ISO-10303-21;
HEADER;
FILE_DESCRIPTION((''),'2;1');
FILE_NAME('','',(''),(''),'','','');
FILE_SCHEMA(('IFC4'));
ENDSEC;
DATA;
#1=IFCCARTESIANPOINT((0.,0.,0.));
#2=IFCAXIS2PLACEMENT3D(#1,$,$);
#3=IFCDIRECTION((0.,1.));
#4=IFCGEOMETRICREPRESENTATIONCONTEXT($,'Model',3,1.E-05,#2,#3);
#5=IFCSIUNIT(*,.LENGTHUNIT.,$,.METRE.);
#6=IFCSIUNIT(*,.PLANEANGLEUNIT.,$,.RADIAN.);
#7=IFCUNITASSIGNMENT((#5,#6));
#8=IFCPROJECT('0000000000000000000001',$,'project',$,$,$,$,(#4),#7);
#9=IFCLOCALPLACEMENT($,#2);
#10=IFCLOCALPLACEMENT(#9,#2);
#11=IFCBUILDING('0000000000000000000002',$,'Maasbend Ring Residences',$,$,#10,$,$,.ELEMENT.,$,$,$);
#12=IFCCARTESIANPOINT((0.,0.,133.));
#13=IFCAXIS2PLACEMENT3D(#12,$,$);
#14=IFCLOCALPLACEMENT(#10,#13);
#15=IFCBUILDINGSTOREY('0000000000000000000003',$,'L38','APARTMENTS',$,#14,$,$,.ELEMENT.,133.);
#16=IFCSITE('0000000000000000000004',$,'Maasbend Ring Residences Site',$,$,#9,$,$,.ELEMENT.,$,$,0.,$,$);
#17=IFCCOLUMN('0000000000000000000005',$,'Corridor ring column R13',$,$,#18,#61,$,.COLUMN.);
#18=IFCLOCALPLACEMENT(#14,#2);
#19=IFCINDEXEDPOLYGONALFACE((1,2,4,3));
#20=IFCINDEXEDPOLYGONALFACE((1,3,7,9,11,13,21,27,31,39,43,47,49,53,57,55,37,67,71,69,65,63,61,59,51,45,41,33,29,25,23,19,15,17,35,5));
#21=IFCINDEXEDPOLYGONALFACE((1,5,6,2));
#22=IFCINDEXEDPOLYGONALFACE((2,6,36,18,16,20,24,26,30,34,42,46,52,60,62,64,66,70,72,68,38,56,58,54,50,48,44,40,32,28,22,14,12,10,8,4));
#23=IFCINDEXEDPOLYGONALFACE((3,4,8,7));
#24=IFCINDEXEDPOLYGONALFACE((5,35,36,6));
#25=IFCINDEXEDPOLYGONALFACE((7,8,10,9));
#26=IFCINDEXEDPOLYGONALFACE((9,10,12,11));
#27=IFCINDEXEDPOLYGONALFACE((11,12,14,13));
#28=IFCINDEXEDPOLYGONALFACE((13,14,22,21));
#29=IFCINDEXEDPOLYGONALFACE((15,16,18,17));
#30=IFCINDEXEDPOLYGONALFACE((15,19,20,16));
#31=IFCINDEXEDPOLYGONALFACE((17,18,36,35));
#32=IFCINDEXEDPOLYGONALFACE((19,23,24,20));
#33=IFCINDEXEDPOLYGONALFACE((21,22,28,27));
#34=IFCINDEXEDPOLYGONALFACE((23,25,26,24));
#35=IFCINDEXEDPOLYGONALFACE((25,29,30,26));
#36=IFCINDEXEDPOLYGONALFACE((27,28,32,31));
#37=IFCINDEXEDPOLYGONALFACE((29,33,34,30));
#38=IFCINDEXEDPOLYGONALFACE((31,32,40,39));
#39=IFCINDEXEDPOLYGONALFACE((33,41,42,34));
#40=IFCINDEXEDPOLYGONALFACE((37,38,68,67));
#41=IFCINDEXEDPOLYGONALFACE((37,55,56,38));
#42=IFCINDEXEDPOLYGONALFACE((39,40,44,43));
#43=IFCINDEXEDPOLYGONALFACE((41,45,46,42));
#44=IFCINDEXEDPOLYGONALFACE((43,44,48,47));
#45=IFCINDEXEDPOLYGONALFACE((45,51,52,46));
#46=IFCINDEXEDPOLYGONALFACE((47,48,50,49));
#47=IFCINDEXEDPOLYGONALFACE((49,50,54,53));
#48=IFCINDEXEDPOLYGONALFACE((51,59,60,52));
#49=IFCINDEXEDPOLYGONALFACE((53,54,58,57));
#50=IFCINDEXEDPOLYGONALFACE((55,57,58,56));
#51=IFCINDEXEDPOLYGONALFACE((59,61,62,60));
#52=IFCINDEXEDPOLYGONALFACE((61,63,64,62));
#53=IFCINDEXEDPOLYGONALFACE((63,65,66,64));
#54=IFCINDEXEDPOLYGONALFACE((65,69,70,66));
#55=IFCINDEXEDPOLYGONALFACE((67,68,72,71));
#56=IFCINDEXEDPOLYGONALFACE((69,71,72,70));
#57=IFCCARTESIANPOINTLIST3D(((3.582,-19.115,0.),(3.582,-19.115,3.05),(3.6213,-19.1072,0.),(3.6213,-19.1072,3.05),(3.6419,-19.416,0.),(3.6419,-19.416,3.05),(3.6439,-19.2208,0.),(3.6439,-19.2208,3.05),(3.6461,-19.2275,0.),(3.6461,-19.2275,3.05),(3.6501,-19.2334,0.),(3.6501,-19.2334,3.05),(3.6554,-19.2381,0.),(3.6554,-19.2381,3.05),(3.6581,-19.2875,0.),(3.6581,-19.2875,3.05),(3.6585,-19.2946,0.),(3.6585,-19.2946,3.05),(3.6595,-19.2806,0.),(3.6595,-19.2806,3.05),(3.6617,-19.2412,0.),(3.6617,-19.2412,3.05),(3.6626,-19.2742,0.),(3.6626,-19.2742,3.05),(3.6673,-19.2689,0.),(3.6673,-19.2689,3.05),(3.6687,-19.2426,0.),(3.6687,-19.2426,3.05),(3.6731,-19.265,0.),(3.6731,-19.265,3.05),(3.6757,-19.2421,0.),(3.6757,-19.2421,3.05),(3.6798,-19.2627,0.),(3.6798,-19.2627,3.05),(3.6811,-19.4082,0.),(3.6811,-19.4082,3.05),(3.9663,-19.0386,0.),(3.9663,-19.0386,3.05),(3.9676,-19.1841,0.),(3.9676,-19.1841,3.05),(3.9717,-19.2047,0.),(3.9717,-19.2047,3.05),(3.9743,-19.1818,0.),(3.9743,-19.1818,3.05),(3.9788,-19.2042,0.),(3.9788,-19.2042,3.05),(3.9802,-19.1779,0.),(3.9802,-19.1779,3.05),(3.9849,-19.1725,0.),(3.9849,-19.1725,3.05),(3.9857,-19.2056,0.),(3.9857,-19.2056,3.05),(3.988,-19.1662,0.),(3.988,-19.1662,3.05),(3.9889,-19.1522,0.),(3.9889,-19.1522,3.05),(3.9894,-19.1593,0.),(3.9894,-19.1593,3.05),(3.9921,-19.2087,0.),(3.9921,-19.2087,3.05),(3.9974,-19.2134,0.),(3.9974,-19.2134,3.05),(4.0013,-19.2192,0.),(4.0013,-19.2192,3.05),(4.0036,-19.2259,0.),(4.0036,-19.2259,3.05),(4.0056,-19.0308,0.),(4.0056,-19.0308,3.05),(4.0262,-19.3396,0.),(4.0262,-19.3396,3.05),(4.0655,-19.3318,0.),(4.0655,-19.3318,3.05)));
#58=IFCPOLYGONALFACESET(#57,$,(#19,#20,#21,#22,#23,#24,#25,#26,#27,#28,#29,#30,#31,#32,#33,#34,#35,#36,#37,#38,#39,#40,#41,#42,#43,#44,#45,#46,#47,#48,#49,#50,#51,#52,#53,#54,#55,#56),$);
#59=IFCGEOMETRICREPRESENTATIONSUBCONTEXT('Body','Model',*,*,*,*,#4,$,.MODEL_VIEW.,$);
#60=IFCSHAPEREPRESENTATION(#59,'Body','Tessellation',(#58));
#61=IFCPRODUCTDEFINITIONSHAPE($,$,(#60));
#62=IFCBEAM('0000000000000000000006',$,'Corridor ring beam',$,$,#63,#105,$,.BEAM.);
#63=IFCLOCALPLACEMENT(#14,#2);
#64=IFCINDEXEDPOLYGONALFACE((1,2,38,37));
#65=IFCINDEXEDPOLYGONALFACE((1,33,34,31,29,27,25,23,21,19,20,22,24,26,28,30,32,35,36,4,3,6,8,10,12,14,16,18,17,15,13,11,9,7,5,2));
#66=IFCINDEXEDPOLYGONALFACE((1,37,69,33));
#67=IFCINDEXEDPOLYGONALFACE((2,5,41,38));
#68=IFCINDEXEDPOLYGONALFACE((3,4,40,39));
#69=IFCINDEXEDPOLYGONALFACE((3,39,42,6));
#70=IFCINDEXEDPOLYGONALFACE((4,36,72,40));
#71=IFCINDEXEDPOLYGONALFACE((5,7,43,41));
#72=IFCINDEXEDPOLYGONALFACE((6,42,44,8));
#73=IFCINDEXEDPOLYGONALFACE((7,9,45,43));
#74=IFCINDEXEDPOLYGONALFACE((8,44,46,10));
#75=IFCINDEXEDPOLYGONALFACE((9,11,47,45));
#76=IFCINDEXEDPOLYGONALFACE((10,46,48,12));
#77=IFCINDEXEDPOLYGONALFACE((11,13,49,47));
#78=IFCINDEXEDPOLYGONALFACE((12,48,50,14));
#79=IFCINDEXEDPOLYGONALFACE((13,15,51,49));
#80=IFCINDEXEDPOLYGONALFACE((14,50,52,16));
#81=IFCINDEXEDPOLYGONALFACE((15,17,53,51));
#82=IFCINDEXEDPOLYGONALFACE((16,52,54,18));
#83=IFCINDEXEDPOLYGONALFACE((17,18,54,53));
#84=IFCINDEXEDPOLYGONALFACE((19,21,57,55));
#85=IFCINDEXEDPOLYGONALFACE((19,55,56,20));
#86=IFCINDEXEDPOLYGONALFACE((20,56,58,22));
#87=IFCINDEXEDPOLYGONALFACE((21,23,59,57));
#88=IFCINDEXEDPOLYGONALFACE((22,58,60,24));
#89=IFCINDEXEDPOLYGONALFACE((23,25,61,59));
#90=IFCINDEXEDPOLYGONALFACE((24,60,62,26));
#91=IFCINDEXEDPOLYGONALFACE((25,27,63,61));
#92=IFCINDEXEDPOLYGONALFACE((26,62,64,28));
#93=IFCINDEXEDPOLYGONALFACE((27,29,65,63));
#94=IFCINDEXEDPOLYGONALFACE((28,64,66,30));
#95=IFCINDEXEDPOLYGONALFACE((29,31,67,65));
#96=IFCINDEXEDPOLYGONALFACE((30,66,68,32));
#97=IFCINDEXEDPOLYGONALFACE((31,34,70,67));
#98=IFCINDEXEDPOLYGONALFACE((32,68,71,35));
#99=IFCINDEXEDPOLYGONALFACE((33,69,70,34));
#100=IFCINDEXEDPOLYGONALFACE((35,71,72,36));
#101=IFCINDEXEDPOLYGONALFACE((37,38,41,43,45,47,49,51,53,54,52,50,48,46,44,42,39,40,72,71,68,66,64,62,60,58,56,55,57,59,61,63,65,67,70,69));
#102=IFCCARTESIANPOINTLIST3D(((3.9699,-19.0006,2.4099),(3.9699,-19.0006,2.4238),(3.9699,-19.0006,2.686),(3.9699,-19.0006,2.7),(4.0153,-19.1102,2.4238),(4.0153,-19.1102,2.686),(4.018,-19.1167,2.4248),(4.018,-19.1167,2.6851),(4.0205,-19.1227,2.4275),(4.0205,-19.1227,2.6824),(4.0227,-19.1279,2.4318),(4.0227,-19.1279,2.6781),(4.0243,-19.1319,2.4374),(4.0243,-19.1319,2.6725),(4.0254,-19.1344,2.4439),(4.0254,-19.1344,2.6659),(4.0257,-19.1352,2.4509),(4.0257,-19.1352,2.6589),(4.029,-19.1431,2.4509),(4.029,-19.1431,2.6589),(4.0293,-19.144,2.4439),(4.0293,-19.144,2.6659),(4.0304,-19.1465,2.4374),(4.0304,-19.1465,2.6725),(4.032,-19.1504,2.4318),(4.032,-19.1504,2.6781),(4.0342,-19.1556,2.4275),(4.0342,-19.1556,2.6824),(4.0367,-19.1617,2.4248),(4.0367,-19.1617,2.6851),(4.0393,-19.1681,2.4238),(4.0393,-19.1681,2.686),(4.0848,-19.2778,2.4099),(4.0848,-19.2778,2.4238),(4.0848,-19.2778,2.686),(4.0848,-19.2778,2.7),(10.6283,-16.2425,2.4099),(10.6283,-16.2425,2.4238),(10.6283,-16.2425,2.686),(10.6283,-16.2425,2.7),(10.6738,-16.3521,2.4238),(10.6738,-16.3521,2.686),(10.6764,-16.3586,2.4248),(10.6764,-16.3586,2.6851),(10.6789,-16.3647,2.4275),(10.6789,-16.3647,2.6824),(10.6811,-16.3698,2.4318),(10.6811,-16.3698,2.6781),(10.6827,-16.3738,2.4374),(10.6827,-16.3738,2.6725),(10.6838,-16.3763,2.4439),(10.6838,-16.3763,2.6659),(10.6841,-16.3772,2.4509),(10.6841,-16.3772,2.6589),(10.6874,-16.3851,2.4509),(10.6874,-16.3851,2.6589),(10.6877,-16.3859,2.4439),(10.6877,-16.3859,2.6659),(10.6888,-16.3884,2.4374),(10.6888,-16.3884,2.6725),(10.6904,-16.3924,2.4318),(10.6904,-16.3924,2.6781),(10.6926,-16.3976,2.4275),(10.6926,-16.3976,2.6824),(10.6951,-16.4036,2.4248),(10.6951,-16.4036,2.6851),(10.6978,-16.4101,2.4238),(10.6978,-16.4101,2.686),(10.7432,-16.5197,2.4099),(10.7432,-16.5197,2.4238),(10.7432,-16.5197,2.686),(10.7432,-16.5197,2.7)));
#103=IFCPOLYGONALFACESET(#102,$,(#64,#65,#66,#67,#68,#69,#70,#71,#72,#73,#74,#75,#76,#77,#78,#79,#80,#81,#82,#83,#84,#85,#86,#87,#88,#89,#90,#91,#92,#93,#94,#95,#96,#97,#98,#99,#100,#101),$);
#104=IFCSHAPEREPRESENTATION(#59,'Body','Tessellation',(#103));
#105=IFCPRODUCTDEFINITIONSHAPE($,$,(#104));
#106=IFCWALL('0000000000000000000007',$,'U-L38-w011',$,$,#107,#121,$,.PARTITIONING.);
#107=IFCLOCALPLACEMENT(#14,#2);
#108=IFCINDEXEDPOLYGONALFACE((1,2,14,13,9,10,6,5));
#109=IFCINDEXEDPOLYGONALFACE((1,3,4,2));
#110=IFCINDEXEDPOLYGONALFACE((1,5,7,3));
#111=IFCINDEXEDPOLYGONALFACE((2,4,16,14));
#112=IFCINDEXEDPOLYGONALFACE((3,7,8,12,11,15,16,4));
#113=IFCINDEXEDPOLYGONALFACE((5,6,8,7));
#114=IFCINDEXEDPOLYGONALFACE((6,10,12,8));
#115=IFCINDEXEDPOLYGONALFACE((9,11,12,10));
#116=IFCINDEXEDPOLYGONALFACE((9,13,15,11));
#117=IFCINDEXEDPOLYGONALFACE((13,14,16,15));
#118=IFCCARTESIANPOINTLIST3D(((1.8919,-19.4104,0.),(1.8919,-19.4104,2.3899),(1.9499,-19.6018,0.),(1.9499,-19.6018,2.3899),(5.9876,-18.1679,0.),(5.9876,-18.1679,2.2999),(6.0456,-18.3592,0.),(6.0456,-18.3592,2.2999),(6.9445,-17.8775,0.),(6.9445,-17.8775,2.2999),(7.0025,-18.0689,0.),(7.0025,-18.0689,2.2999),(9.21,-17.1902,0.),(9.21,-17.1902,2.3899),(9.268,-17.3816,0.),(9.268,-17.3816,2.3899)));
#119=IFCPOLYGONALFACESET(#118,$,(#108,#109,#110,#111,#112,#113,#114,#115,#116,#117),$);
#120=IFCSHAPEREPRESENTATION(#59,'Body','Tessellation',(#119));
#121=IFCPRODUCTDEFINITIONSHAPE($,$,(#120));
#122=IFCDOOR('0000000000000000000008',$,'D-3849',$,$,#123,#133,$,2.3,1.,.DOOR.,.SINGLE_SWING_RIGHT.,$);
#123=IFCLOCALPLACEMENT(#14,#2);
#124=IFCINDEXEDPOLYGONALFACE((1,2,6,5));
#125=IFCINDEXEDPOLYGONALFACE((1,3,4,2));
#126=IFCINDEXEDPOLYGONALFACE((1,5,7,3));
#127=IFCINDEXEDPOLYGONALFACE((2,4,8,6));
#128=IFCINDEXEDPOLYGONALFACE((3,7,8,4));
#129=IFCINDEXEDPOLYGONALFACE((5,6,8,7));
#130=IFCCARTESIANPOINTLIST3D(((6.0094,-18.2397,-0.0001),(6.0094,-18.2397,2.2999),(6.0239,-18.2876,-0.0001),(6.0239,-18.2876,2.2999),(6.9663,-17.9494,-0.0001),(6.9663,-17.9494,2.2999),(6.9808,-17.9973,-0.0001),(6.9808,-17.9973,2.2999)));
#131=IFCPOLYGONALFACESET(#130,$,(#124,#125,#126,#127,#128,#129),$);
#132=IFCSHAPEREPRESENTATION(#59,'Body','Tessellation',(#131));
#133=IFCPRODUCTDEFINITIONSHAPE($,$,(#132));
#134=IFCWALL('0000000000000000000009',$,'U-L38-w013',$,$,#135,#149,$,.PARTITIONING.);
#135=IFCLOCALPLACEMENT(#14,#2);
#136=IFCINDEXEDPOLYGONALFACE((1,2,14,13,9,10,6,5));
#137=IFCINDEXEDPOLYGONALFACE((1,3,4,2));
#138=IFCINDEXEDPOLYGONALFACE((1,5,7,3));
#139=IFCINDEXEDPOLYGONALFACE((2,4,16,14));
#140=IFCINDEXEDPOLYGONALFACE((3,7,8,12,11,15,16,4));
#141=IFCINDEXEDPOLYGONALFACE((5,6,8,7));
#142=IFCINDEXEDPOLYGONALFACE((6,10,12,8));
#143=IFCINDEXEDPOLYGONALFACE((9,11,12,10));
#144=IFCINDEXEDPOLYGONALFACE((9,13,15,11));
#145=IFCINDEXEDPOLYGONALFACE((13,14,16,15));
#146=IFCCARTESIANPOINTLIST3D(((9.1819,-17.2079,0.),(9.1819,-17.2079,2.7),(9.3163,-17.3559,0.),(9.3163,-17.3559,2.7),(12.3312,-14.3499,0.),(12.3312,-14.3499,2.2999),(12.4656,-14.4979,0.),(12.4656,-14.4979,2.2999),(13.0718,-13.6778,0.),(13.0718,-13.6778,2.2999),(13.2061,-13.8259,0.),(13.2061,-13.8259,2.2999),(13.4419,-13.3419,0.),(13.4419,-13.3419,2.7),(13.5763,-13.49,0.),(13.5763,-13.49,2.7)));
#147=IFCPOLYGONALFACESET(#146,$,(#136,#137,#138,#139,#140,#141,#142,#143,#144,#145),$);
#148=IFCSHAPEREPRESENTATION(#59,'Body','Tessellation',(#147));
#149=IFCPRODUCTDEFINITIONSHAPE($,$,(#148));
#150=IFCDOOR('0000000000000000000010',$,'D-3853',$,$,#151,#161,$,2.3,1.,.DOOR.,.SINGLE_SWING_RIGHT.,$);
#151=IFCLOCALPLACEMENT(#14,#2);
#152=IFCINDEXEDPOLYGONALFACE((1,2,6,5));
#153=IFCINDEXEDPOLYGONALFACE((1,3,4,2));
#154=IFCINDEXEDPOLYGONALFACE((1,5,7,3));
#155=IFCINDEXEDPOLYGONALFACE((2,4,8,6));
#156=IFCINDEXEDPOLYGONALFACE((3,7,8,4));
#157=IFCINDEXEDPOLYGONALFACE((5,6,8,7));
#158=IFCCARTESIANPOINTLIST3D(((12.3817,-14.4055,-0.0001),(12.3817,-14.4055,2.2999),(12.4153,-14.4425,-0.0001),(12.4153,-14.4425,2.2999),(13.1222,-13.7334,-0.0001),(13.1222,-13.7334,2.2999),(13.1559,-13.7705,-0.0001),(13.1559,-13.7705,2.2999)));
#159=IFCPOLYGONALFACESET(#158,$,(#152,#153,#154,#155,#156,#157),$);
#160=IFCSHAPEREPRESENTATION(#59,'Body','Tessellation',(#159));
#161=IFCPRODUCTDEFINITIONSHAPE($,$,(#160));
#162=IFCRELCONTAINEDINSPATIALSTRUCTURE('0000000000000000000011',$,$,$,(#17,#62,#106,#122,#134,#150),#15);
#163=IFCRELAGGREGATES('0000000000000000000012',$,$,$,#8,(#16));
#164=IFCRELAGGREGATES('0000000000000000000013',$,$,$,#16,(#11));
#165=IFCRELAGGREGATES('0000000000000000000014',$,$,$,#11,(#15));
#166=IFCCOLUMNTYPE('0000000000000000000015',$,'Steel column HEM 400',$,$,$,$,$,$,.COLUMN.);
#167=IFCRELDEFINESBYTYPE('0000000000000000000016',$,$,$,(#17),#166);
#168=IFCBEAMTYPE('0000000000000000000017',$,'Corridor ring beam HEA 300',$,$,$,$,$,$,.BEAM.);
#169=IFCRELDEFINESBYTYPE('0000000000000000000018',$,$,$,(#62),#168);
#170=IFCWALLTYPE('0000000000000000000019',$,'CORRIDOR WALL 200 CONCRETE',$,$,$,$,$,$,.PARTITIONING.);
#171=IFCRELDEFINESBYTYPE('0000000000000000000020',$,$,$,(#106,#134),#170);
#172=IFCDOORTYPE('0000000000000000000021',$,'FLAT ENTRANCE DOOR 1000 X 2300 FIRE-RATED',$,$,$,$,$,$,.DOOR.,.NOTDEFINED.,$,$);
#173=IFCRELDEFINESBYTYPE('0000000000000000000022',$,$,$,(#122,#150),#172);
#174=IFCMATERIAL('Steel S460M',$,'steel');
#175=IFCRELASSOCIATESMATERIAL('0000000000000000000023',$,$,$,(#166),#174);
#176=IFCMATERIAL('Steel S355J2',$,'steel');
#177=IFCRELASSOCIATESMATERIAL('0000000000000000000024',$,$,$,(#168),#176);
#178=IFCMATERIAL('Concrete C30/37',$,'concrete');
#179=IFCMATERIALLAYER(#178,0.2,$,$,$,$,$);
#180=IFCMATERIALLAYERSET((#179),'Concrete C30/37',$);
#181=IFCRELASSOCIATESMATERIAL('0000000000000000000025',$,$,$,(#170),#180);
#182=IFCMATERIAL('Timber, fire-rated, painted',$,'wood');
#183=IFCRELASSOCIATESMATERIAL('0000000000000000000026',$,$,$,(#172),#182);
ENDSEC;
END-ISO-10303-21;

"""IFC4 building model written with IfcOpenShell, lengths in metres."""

from ifc_helpers import new_model, si_unit, direction, frame, frame_2d, origin, origin_2d, place, context, subcontext, project, spatial, rectangle, i_section, extrude, material, layer, layer_set, material_profile, profile_set, type_object, element, fill, save


model = new_model("IFC4")

# Units and contexts
model_context = context("Model", 3, precision=1e-05, world=origin(), true_north=direction((0.0, 1.0)))
body_context = subcontext(model_context, "Body", "Model", "MODEL_VIEW")
ifc_project = project(units=[si_unit("LENGTHUNIT", "METRE"), si_unit("PLANEANGLEUNIT", "RADIAN")], contexts=[model_context])

# Site, building, storey
site_placement = place(None, origin())
site = spatial("IfcSite", under=ifc_project, at=site_placement, Name="Maasbend Ring Residences Site", CompositionType="ELEMENT", RefElevation=0.0)
building_placement = place(site_placement, origin())
building = spatial("IfcBuilding", under=site, at=building_placement, Name="Maasbend Ring Residences", CompositionType="ELEMENT")
storey_placement = place(building_placement, frame((0.0, 0.0, 133.0)))
storey = spatial("IfcBuildingStorey", under=building, at=storey_placement, Name="L38", Description="APARTMENTS", CompositionType="ELEMENT", Elevation=133.0)

# Column
ifc_material_1 = material(Name="Steel S460M", Category="steel")
ifc_material_profile_1 = material_profile(ifc_material_1, i_section(OverallWidth=0.3069, OverallDepth=0.4319, WebThickness=0.021, FlangeThickness=0.04, FilletRadius=0.0271, at=origin_2d()), Name="HEM 400")
ifc_profile_set_1 = profile_set([ifc_material_profile_1], Name="Steel S460M")
column_type = type_object("IfcColumnType", Name="Steel column HEM 400", PredefinedType="COLUMN", material=ifc_profile_set_1)
column_placement = place(storey_placement, frame((3.8237, -19.2234, 0.0), z_axis=(0.0, 0.0, 1.0), x_axis=(0.19509, -0.980785, 0.0)))
element("IfcColumn", 1, at=column_placement, inside=storey, type_object=column_type, Name="Corridor ring column R13", PredefinedType="COLUMN", context=body_context, shape_type="SweptSolid", body=[
    extrude(i_section(OverallWidth=0.3069, OverallDepth=0.4319, WebThickness=0.021, FlangeThickness=0.04, FilletRadius=0.0271, at=origin_2d()), origin(), (0.0, 0.0, 1.0), 3.05),
])

# Beam
ifc_material_2 = material(Name="Steel S355J2", Category="steel")
ifc_material_profile_2 = material_profile(ifc_material_2, i_section(OverallWidth=0.3, OverallDepth=0.29, WebThickness=0.0085, FlangeThickness=0.0139, FilletRadius=0.0271, at=origin_2d()), Name="HEA 300")
ifc_profile_set_2 = profile_set([ifc_material_profile_2], Name="Steel S355J2")
beam_type = type_object("IfcBeamType", Name="Corridor ring beam HEA 300", PredefinedType="BEAM", material=ifc_profile_set_2)
beam_placement = place(storey_placement, frame((4.0273, -19.1392, 2.5549), z_axis=(0.923878, 0.382688, 0.0), x_axis=(-0.382688, 0.923878, 0.0)))
element("IfcBeam", 2, at=beam_placement, inside=storey, type_object=beam_type, Name="Corridor ring beam", PredefinedType="BEAM", context=body_context, shape_type="SweptSolid", body=[
    extrude(i_section(OverallWidth=0.3, OverallDepth=0.29, WebThickness=0.0085, FlangeThickness=0.0139, FilletRadius=0.0271, at=origin_2d()), origin(), (0.0, 0.0, 1.0), 7.207),
])

# Walls, openings, doors
ifc_material_3 = material(Name="Concrete C30/37", Category="concrete")
ifc_layer_1 = layer(ifc_material_3, 0.2)
ifc_layer_set_1 = layer_set([ifc_layer_1], Name="Concrete C30/37")
wall_type_1 = type_object("IfcWallType", Name="CORRIDOR WALL 200 CONCRETE", PredefinedType="PARTITIONING", material=ifc_layer_set_1)
wall_1_placement = place(storey_placement, frame((1.9209, -19.5061, 0.0), z_axis=(0.0, 0.0, 1.0), x_axis=(0.95693, 0.290319, 0.0)))
wall_1 = element("IfcWall", 3, at=wall_1_placement, inside=storey, type_object=wall_type_1, Name="U-L38-w011", PredefinedType="PARTITIONING", context=body_context, shape_type="SweptSolid", body=[
    extrude(rectangle(XDim=7.6475, YDim=0.2, at=frame_2d((3.8237, 0.0))), origin(), (0.0, 0.0, 1.0), 2.3899),
])
opening_1_placement = place(wall_1_placement, frame((4.28, 0.0, 0.0)))
opening_1 = element("IfcOpeningElement", 4, at=opening_1_placement, cuts=wall_1, PredefinedType="OPENING", context=body_context, shape_type="SweptSolid", body=[
    extrude(rectangle(XDim=1.0, YDim=2.3, at=frame_2d((0.5, 1.1499))), frame((0.0, 0.1099, 0.0), z_axis=(0.0, -1.0, 0.0), x_axis=(1.0, 0.0, 0.0)), (0.0, 0.0, 1.0), 0.22),
])
ifc_material_4 = material(Name="Timber, fire-rated, painted", Category="wood")
door_type_1 = type_object("IfcDoorType", Name="FLAT ENTRANCE DOOR 1000 X 2300 FIRE-RATED", OperationType="NOTDEFINED", PredefinedType="DOOR", material=ifc_material_4)
door_1_placement = place(opening_1_placement, origin())
door_1 = element("IfcDoor", 5, at=door_1_placement, inside=storey, type_object=door_type_1, Name="D-3849", OperationType="SINGLE_SWING_RIGHT", OverallHeight=2.3, OverallWidth=1.0, PredefinedType="DOOR", context=body_context, shape_type="SweptSolid", body=[
    extrude(rectangle(XDim=1.0, YDim=2.3, at=frame_2d((0.5, 1.1499))), frame((0.0, 0.0249, 0.0), z_axis=(0.0, -1.0, 0.0), x_axis=(1.0, 0.0, 0.0)), (0.0, 0.0, 1.0), 0.05),
])
fill(opening_1, door_1)
wall_2_placement = place(storey_placement, frame((9.249, -17.282, 0.0), z_axis=(0.0, 0.0, 1.0), x_axis=(0.740525, 0.672028, 0.0)))
wall_2 = element("IfcWall", 6, at=wall_2_placement, inside=storey, type_object=wall_type_1, Name="U-L38-w013", PredefinedType="PARTITIONING", context=body_context, shape_type="SweptSolid", body=[
    extrude(rectangle(XDim=5.7527, YDim=0.2, at=frame_2d((2.8765, 0.0))), origin(), (0.0, 0.0, 1.0), 2.7),
])
opening_2_placement = place(wall_2_placement, frame((4.2529, 0.0, 0.0)))
opening_2 = element("IfcOpeningElement", 7, at=opening_2_placement, cuts=wall_2, PredefinedType="OPENING", context=body_context, shape_type="SweptSolid", body=[
    extrude(rectangle(XDim=1.0, YDim=2.3, at=frame_2d((0.5, 1.1499))), frame((0.0, 0.1099, 0.0), z_axis=(0.0, -1.0, 0.0), x_axis=(1.0, 0.0, 0.0)), (0.0, 0.0, 1.0), 0.22),
])
door_2_placement = place(opening_2_placement, origin())
door_2 = element("IfcDoor", 8, at=door_2_placement, inside=storey, type_object=door_type_1, Name="D-3853", OperationType="SINGLE_SWING_RIGHT", OverallHeight=2.3, OverallWidth=1.0, PredefinedType="DOOR", context=body_context, shape_type="SweptSolid", body=[
    extrude(rectangle(XDim=1.0, YDim=2.3, at=frame_2d((0.5, 1.1499))), frame((0.0, 0.0249, 0.0), z_axis=(0.0, -1.0, 0.0), x_axis=(1.0, 0.0, 0.0)), (0.0, 0.0, 1.0), 0.05),
])
fill(opening_2, door_2)

save(model, "model.ifc")
